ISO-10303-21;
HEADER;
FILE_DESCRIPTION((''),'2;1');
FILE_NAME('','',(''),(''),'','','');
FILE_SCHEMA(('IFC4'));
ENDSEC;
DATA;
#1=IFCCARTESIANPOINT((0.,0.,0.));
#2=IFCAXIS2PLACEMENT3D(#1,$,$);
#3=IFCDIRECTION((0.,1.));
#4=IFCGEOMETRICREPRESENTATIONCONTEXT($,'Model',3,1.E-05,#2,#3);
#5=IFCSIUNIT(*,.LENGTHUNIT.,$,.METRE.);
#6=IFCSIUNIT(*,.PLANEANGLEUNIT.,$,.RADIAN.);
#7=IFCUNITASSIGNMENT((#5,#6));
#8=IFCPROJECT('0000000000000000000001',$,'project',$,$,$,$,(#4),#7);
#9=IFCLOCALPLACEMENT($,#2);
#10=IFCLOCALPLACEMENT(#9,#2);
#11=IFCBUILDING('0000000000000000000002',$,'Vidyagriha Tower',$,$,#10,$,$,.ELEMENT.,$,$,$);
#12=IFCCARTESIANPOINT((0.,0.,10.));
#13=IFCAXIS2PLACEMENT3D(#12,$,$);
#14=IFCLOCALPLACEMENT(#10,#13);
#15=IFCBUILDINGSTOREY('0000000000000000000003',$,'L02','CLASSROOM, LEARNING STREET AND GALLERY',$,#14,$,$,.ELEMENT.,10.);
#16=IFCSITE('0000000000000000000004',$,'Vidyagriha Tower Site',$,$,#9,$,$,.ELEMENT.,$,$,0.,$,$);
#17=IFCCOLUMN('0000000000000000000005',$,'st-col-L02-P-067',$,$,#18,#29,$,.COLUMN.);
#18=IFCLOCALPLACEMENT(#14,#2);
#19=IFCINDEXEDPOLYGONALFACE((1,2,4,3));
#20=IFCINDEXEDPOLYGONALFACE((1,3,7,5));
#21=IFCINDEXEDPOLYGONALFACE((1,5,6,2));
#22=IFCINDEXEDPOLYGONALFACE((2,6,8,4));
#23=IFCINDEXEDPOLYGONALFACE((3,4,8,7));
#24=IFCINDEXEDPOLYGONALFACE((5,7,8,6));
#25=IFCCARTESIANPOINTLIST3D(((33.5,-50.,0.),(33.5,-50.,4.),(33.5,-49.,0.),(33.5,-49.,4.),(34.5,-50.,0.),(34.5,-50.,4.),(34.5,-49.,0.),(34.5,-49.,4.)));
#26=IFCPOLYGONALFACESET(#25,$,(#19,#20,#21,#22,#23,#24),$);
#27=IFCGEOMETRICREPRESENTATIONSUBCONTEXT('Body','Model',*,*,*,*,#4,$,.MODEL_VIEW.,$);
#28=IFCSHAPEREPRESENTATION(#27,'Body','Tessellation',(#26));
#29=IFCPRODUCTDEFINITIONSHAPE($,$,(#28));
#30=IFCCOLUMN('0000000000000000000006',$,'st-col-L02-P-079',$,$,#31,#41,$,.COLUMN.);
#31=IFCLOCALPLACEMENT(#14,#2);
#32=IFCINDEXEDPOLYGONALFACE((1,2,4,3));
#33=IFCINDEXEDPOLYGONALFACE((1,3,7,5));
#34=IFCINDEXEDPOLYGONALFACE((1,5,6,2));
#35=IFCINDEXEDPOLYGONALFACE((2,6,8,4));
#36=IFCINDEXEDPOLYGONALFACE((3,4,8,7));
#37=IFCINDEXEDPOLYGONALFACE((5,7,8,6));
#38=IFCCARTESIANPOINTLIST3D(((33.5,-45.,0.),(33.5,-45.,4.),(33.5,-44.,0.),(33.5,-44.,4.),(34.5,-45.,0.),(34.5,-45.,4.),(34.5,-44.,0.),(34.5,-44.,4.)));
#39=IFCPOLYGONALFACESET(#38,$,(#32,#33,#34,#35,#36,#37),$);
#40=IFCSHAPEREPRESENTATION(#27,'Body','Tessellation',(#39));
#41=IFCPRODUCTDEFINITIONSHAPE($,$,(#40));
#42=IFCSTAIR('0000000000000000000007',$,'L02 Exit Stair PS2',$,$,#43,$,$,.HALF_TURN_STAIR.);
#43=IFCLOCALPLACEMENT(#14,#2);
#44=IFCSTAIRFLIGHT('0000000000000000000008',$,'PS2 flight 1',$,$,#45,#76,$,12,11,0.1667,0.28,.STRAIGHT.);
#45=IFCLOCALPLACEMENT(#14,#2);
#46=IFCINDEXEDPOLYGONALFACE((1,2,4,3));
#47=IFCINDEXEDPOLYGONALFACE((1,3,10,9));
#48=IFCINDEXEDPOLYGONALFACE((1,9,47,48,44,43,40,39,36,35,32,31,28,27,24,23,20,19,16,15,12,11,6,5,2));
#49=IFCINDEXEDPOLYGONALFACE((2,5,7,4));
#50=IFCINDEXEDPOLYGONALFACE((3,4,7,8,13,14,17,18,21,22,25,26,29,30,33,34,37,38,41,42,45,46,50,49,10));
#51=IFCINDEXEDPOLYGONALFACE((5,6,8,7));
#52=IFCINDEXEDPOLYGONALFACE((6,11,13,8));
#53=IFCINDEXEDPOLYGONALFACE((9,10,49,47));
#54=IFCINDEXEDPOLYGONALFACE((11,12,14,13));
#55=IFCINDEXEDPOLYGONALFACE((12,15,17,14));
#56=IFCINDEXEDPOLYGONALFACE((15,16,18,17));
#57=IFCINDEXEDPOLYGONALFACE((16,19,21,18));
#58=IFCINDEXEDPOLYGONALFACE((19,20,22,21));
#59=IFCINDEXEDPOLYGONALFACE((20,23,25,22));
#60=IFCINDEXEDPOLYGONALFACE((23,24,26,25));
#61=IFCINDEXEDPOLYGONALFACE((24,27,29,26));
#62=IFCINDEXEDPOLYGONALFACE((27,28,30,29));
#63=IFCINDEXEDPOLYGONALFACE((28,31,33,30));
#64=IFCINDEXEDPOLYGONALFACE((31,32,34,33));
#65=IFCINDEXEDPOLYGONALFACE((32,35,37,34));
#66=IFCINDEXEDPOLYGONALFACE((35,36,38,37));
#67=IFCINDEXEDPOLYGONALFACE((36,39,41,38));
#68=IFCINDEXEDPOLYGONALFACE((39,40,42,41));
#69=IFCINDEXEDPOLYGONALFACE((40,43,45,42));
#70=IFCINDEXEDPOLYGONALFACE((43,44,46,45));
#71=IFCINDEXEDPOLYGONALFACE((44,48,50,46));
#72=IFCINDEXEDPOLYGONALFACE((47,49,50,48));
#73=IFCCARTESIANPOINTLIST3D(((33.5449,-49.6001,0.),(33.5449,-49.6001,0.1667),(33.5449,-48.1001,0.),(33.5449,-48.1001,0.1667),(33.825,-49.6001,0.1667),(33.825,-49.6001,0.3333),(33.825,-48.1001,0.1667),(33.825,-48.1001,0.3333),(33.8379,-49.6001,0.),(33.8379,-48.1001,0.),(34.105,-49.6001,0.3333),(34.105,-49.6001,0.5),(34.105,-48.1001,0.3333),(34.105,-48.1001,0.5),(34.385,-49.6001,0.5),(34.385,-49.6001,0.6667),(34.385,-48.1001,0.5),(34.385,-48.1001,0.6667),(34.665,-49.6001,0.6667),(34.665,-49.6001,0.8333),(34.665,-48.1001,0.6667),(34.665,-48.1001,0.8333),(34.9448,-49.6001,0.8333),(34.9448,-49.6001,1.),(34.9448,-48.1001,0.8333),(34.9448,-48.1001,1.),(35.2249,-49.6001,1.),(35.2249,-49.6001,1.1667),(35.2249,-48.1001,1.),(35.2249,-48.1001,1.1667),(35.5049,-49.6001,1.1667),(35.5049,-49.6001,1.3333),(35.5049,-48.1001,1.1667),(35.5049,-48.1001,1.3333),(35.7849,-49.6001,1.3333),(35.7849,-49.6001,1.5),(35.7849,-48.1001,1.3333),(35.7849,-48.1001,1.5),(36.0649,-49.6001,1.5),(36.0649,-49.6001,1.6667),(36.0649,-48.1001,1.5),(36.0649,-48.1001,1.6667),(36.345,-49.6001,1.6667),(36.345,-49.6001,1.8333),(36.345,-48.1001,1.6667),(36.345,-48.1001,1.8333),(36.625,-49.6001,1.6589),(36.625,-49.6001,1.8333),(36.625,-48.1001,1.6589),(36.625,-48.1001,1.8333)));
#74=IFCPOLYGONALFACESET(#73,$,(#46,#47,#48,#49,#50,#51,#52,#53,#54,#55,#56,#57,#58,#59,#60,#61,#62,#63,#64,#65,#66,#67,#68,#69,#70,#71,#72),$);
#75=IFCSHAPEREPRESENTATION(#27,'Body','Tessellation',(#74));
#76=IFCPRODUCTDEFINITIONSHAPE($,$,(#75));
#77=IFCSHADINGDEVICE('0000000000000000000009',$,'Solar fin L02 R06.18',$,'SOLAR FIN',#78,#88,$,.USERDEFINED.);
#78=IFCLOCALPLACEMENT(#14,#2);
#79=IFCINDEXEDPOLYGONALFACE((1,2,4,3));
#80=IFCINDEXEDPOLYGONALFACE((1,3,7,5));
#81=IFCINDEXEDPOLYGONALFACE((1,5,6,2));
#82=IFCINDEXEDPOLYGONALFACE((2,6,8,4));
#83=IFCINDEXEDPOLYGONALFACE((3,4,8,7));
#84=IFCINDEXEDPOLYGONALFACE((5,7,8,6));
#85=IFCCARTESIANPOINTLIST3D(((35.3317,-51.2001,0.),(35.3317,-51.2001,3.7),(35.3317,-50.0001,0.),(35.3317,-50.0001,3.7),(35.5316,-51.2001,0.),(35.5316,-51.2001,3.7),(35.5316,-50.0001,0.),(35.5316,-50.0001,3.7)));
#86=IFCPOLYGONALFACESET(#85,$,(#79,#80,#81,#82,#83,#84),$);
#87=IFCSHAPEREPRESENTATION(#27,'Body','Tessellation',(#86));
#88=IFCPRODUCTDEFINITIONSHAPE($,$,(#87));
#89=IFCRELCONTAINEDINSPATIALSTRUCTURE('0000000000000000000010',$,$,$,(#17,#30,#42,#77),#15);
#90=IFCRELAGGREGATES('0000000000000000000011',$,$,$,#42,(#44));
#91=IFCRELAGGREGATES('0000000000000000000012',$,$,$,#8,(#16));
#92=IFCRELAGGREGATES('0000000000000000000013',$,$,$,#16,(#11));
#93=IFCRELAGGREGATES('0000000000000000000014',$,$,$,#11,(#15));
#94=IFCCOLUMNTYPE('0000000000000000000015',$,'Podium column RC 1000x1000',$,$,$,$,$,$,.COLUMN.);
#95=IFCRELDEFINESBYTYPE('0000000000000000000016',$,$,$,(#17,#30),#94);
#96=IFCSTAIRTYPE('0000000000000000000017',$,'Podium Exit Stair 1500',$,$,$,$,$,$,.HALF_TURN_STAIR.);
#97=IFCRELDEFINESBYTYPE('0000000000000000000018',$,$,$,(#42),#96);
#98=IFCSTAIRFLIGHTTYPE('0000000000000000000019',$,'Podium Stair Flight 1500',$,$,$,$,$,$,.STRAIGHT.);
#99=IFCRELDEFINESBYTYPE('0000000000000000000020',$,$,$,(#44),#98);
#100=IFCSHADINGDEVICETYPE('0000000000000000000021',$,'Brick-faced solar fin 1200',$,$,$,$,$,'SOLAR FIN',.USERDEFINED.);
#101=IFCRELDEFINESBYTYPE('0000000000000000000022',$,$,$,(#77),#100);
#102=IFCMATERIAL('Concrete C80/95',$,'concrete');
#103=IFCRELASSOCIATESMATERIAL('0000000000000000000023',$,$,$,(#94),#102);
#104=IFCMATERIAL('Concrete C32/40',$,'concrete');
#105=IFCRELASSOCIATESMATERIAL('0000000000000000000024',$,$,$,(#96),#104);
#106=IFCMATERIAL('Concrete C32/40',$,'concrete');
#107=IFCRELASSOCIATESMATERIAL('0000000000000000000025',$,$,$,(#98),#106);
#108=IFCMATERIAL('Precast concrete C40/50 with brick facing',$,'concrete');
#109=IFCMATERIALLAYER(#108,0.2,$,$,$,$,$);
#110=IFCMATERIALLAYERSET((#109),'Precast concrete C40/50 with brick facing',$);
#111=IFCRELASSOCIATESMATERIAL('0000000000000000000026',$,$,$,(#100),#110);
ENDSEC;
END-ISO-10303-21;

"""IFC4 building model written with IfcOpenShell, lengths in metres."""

from ifc_helpers import new_model, si_unit, direction, frame, frame_2d, origin, origin_2d, place, context, subcontext, project, spatial, polyline, rectangle, outline, extrude, material, layer, layer_set, material_profile, profile_set, type_object, element, aggregate, save


model = new_model("IFC4")

# Units and contexts
model_context = context("Model", 3, precision=1e-05, world=origin(), true_north=direction((0.0, 1.0)))
body_context = subcontext(model_context, "Body", "Model", "MODEL_VIEW")
ifc_project = project(units=[si_unit("LENGTHUNIT", "METRE"), si_unit("PLANEANGLEUNIT", "RADIAN")], contexts=[model_context])

# Site, building, storey
site_placement = place(None, origin())
site = spatial("IfcSite", under=ifc_project, at=site_placement, Name="Vidyagriha Tower Site", CompositionType="ELEMENT", RefElevation=0.0)
building_placement = place(site_placement, origin())
building = spatial("IfcBuilding", under=site, at=building_placement, Name="Vidyagriha Tower", CompositionType="ELEMENT")
storey_placement = place(building_placement, frame((0.0, 0.0, 10.0)))
storey = spatial("IfcBuildingStorey", under=building, at=storey_placement, Name="L02", Description="CLASSROOM, LEARNING STREET AND GALLERY", CompositionType="ELEMENT", Elevation=10.0)

# Columns
ifc_material_1 = material(Name="Concrete C80/95", Category="concrete")
ifc_material_profile = material_profile(ifc_material_1, rectangle(XDim=1.0, YDim=1.0, at=origin_2d()), Name="RC 1000x1000")
ifc_profile_set = profile_set([ifc_material_profile], Name="Concrete C80/95")
column_type = type_object("IfcColumnType", Name="Podium column RC 1000x1000", PredefinedType="COLUMN", material=ifc_profile_set)
for number, where, name in (
    (1, (34.0, -49.5, 0.0), "st-col-L02-P-067"),
    (2, (34.0, -44.5, 0.0), "st-col-L02-P-079"),
):
    element("IfcColumn", number, at=place(storey_placement, frame(where)), inside=storey, type_object=column_type, Name=name, PredefinedType="COLUMN", context=body_context, shape_type="SweptSolid", body=[
        extrude(rectangle(XDim=1.0, YDim=1.0, at=origin_2d()), origin(), (0.0, 0.0, 1.0), 4.0),
    ])

# Stair, stair flight
ifc_material_2 = material(Name="Concrete C32/40", Category="concrete")
stair_type = type_object("IfcStairType", Name="Podium Exit Stair 1500", PredefinedType="HALF_TURN_STAIR", material=ifc_material_2)
stair_placement = place(storey_placement, origin())
stair = element("IfcStair", 3, at=stair_placement, inside=storey, type_object=stair_type, Name="L02 Exit Stair PS2", PredefinedType="HALF_TURN_STAIR")
ifc_material_3 = material(Name="Concrete C32/40", Category="concrete")
stair_flight_type = type_object("IfcStairFlightType", Name="Podium Stair Flight 1500", PredefinedType="STRAIGHT", material=ifc_material_3)
stair_flight_placement = place(storey_placement, frame((33.5449, -48.8501, 0.0)))
stair_flight = element("IfcStairFlight", 4, at=stair_flight_placement, type_object=stair_flight_type, Name="PS2 flight 1", NumberOfRisers=12, NumberOfTreads=11, PredefinedType="STRAIGHT", RiserHeight=0.1667, TreadLength=0.28, context=body_context, shape_type="SweptSolid", body=[
    extrude(outline(polyline([(0.0, 0.0), (0.0, 0.1667), (0.28, 0.1667), (0.28, 0.3333), (0.5601, 0.3333), (0.5601, 0.5), (0.8401, 0.5), (0.8401, 0.6667), (1.1201, 0.6667), (1.1201, 0.8333), (1.3999, 0.8333), (1.3999, 1.0), (1.6799, 1.0), (1.6799, 1.1667), (1.96, 1.1667), (1.96, 1.3333), (2.24, 1.3333), (2.24, 1.5), (2.52, 1.5), (2.52, 1.6667), (2.8, 1.6667), (2.8, 1.8333), (3.0801, 1.8333), (3.0801, 2.0), (3.0801, 1.6589), (0.293, 0.0), (0.0, 0.0)])), frame((0.0, 0.75, 0.0), z_axis=(0.0, -1.0, 0.0), x_axis=(1.0, 0.0, 0.0)), (0.0, 0.0, 1.0), 1.5),
])
aggregate(stair, [stair_flight])

# Shading device
ifc_material_4 = material(Name="Precast concrete C40/50 with brick facing", Category="concrete")
ifc_layer = layer(ifc_material_4, 0.2)
ifc_layer_set = layer_set([ifc_layer], Name="Precast concrete C40/50 with brick facing")
shading_device_type = type_object("IfcShadingDeviceType", Name="Brick-faced solar fin 1200", ElementType="SOLAR FIN", PredefinedType="USERDEFINED", material=ifc_layer_set)
shading_device_placement = place(storey_placement, frame((35.4316, -50.0, 0.0), z_axis=(0.0, 0.0, 1.0), x_axis=(0.0, -1.0, 0.0)))
element("IfcShadingDevice", 5, at=shading_device_placement, inside=storey, type_object=shading_device_type, Name="Solar fin L02 R06.18", ObjectType="SOLAR FIN", PredefinedType="USERDEFINED", context=body_context, shape_type="SweptSolid", body=[
    extrude(rectangle(XDim=1.2, YDim=0.2, at=frame_2d((0.6001, 0.0))), origin(), (0.0, 0.0, 1.0), 3.7),
])

save(model, "model.ifc")
